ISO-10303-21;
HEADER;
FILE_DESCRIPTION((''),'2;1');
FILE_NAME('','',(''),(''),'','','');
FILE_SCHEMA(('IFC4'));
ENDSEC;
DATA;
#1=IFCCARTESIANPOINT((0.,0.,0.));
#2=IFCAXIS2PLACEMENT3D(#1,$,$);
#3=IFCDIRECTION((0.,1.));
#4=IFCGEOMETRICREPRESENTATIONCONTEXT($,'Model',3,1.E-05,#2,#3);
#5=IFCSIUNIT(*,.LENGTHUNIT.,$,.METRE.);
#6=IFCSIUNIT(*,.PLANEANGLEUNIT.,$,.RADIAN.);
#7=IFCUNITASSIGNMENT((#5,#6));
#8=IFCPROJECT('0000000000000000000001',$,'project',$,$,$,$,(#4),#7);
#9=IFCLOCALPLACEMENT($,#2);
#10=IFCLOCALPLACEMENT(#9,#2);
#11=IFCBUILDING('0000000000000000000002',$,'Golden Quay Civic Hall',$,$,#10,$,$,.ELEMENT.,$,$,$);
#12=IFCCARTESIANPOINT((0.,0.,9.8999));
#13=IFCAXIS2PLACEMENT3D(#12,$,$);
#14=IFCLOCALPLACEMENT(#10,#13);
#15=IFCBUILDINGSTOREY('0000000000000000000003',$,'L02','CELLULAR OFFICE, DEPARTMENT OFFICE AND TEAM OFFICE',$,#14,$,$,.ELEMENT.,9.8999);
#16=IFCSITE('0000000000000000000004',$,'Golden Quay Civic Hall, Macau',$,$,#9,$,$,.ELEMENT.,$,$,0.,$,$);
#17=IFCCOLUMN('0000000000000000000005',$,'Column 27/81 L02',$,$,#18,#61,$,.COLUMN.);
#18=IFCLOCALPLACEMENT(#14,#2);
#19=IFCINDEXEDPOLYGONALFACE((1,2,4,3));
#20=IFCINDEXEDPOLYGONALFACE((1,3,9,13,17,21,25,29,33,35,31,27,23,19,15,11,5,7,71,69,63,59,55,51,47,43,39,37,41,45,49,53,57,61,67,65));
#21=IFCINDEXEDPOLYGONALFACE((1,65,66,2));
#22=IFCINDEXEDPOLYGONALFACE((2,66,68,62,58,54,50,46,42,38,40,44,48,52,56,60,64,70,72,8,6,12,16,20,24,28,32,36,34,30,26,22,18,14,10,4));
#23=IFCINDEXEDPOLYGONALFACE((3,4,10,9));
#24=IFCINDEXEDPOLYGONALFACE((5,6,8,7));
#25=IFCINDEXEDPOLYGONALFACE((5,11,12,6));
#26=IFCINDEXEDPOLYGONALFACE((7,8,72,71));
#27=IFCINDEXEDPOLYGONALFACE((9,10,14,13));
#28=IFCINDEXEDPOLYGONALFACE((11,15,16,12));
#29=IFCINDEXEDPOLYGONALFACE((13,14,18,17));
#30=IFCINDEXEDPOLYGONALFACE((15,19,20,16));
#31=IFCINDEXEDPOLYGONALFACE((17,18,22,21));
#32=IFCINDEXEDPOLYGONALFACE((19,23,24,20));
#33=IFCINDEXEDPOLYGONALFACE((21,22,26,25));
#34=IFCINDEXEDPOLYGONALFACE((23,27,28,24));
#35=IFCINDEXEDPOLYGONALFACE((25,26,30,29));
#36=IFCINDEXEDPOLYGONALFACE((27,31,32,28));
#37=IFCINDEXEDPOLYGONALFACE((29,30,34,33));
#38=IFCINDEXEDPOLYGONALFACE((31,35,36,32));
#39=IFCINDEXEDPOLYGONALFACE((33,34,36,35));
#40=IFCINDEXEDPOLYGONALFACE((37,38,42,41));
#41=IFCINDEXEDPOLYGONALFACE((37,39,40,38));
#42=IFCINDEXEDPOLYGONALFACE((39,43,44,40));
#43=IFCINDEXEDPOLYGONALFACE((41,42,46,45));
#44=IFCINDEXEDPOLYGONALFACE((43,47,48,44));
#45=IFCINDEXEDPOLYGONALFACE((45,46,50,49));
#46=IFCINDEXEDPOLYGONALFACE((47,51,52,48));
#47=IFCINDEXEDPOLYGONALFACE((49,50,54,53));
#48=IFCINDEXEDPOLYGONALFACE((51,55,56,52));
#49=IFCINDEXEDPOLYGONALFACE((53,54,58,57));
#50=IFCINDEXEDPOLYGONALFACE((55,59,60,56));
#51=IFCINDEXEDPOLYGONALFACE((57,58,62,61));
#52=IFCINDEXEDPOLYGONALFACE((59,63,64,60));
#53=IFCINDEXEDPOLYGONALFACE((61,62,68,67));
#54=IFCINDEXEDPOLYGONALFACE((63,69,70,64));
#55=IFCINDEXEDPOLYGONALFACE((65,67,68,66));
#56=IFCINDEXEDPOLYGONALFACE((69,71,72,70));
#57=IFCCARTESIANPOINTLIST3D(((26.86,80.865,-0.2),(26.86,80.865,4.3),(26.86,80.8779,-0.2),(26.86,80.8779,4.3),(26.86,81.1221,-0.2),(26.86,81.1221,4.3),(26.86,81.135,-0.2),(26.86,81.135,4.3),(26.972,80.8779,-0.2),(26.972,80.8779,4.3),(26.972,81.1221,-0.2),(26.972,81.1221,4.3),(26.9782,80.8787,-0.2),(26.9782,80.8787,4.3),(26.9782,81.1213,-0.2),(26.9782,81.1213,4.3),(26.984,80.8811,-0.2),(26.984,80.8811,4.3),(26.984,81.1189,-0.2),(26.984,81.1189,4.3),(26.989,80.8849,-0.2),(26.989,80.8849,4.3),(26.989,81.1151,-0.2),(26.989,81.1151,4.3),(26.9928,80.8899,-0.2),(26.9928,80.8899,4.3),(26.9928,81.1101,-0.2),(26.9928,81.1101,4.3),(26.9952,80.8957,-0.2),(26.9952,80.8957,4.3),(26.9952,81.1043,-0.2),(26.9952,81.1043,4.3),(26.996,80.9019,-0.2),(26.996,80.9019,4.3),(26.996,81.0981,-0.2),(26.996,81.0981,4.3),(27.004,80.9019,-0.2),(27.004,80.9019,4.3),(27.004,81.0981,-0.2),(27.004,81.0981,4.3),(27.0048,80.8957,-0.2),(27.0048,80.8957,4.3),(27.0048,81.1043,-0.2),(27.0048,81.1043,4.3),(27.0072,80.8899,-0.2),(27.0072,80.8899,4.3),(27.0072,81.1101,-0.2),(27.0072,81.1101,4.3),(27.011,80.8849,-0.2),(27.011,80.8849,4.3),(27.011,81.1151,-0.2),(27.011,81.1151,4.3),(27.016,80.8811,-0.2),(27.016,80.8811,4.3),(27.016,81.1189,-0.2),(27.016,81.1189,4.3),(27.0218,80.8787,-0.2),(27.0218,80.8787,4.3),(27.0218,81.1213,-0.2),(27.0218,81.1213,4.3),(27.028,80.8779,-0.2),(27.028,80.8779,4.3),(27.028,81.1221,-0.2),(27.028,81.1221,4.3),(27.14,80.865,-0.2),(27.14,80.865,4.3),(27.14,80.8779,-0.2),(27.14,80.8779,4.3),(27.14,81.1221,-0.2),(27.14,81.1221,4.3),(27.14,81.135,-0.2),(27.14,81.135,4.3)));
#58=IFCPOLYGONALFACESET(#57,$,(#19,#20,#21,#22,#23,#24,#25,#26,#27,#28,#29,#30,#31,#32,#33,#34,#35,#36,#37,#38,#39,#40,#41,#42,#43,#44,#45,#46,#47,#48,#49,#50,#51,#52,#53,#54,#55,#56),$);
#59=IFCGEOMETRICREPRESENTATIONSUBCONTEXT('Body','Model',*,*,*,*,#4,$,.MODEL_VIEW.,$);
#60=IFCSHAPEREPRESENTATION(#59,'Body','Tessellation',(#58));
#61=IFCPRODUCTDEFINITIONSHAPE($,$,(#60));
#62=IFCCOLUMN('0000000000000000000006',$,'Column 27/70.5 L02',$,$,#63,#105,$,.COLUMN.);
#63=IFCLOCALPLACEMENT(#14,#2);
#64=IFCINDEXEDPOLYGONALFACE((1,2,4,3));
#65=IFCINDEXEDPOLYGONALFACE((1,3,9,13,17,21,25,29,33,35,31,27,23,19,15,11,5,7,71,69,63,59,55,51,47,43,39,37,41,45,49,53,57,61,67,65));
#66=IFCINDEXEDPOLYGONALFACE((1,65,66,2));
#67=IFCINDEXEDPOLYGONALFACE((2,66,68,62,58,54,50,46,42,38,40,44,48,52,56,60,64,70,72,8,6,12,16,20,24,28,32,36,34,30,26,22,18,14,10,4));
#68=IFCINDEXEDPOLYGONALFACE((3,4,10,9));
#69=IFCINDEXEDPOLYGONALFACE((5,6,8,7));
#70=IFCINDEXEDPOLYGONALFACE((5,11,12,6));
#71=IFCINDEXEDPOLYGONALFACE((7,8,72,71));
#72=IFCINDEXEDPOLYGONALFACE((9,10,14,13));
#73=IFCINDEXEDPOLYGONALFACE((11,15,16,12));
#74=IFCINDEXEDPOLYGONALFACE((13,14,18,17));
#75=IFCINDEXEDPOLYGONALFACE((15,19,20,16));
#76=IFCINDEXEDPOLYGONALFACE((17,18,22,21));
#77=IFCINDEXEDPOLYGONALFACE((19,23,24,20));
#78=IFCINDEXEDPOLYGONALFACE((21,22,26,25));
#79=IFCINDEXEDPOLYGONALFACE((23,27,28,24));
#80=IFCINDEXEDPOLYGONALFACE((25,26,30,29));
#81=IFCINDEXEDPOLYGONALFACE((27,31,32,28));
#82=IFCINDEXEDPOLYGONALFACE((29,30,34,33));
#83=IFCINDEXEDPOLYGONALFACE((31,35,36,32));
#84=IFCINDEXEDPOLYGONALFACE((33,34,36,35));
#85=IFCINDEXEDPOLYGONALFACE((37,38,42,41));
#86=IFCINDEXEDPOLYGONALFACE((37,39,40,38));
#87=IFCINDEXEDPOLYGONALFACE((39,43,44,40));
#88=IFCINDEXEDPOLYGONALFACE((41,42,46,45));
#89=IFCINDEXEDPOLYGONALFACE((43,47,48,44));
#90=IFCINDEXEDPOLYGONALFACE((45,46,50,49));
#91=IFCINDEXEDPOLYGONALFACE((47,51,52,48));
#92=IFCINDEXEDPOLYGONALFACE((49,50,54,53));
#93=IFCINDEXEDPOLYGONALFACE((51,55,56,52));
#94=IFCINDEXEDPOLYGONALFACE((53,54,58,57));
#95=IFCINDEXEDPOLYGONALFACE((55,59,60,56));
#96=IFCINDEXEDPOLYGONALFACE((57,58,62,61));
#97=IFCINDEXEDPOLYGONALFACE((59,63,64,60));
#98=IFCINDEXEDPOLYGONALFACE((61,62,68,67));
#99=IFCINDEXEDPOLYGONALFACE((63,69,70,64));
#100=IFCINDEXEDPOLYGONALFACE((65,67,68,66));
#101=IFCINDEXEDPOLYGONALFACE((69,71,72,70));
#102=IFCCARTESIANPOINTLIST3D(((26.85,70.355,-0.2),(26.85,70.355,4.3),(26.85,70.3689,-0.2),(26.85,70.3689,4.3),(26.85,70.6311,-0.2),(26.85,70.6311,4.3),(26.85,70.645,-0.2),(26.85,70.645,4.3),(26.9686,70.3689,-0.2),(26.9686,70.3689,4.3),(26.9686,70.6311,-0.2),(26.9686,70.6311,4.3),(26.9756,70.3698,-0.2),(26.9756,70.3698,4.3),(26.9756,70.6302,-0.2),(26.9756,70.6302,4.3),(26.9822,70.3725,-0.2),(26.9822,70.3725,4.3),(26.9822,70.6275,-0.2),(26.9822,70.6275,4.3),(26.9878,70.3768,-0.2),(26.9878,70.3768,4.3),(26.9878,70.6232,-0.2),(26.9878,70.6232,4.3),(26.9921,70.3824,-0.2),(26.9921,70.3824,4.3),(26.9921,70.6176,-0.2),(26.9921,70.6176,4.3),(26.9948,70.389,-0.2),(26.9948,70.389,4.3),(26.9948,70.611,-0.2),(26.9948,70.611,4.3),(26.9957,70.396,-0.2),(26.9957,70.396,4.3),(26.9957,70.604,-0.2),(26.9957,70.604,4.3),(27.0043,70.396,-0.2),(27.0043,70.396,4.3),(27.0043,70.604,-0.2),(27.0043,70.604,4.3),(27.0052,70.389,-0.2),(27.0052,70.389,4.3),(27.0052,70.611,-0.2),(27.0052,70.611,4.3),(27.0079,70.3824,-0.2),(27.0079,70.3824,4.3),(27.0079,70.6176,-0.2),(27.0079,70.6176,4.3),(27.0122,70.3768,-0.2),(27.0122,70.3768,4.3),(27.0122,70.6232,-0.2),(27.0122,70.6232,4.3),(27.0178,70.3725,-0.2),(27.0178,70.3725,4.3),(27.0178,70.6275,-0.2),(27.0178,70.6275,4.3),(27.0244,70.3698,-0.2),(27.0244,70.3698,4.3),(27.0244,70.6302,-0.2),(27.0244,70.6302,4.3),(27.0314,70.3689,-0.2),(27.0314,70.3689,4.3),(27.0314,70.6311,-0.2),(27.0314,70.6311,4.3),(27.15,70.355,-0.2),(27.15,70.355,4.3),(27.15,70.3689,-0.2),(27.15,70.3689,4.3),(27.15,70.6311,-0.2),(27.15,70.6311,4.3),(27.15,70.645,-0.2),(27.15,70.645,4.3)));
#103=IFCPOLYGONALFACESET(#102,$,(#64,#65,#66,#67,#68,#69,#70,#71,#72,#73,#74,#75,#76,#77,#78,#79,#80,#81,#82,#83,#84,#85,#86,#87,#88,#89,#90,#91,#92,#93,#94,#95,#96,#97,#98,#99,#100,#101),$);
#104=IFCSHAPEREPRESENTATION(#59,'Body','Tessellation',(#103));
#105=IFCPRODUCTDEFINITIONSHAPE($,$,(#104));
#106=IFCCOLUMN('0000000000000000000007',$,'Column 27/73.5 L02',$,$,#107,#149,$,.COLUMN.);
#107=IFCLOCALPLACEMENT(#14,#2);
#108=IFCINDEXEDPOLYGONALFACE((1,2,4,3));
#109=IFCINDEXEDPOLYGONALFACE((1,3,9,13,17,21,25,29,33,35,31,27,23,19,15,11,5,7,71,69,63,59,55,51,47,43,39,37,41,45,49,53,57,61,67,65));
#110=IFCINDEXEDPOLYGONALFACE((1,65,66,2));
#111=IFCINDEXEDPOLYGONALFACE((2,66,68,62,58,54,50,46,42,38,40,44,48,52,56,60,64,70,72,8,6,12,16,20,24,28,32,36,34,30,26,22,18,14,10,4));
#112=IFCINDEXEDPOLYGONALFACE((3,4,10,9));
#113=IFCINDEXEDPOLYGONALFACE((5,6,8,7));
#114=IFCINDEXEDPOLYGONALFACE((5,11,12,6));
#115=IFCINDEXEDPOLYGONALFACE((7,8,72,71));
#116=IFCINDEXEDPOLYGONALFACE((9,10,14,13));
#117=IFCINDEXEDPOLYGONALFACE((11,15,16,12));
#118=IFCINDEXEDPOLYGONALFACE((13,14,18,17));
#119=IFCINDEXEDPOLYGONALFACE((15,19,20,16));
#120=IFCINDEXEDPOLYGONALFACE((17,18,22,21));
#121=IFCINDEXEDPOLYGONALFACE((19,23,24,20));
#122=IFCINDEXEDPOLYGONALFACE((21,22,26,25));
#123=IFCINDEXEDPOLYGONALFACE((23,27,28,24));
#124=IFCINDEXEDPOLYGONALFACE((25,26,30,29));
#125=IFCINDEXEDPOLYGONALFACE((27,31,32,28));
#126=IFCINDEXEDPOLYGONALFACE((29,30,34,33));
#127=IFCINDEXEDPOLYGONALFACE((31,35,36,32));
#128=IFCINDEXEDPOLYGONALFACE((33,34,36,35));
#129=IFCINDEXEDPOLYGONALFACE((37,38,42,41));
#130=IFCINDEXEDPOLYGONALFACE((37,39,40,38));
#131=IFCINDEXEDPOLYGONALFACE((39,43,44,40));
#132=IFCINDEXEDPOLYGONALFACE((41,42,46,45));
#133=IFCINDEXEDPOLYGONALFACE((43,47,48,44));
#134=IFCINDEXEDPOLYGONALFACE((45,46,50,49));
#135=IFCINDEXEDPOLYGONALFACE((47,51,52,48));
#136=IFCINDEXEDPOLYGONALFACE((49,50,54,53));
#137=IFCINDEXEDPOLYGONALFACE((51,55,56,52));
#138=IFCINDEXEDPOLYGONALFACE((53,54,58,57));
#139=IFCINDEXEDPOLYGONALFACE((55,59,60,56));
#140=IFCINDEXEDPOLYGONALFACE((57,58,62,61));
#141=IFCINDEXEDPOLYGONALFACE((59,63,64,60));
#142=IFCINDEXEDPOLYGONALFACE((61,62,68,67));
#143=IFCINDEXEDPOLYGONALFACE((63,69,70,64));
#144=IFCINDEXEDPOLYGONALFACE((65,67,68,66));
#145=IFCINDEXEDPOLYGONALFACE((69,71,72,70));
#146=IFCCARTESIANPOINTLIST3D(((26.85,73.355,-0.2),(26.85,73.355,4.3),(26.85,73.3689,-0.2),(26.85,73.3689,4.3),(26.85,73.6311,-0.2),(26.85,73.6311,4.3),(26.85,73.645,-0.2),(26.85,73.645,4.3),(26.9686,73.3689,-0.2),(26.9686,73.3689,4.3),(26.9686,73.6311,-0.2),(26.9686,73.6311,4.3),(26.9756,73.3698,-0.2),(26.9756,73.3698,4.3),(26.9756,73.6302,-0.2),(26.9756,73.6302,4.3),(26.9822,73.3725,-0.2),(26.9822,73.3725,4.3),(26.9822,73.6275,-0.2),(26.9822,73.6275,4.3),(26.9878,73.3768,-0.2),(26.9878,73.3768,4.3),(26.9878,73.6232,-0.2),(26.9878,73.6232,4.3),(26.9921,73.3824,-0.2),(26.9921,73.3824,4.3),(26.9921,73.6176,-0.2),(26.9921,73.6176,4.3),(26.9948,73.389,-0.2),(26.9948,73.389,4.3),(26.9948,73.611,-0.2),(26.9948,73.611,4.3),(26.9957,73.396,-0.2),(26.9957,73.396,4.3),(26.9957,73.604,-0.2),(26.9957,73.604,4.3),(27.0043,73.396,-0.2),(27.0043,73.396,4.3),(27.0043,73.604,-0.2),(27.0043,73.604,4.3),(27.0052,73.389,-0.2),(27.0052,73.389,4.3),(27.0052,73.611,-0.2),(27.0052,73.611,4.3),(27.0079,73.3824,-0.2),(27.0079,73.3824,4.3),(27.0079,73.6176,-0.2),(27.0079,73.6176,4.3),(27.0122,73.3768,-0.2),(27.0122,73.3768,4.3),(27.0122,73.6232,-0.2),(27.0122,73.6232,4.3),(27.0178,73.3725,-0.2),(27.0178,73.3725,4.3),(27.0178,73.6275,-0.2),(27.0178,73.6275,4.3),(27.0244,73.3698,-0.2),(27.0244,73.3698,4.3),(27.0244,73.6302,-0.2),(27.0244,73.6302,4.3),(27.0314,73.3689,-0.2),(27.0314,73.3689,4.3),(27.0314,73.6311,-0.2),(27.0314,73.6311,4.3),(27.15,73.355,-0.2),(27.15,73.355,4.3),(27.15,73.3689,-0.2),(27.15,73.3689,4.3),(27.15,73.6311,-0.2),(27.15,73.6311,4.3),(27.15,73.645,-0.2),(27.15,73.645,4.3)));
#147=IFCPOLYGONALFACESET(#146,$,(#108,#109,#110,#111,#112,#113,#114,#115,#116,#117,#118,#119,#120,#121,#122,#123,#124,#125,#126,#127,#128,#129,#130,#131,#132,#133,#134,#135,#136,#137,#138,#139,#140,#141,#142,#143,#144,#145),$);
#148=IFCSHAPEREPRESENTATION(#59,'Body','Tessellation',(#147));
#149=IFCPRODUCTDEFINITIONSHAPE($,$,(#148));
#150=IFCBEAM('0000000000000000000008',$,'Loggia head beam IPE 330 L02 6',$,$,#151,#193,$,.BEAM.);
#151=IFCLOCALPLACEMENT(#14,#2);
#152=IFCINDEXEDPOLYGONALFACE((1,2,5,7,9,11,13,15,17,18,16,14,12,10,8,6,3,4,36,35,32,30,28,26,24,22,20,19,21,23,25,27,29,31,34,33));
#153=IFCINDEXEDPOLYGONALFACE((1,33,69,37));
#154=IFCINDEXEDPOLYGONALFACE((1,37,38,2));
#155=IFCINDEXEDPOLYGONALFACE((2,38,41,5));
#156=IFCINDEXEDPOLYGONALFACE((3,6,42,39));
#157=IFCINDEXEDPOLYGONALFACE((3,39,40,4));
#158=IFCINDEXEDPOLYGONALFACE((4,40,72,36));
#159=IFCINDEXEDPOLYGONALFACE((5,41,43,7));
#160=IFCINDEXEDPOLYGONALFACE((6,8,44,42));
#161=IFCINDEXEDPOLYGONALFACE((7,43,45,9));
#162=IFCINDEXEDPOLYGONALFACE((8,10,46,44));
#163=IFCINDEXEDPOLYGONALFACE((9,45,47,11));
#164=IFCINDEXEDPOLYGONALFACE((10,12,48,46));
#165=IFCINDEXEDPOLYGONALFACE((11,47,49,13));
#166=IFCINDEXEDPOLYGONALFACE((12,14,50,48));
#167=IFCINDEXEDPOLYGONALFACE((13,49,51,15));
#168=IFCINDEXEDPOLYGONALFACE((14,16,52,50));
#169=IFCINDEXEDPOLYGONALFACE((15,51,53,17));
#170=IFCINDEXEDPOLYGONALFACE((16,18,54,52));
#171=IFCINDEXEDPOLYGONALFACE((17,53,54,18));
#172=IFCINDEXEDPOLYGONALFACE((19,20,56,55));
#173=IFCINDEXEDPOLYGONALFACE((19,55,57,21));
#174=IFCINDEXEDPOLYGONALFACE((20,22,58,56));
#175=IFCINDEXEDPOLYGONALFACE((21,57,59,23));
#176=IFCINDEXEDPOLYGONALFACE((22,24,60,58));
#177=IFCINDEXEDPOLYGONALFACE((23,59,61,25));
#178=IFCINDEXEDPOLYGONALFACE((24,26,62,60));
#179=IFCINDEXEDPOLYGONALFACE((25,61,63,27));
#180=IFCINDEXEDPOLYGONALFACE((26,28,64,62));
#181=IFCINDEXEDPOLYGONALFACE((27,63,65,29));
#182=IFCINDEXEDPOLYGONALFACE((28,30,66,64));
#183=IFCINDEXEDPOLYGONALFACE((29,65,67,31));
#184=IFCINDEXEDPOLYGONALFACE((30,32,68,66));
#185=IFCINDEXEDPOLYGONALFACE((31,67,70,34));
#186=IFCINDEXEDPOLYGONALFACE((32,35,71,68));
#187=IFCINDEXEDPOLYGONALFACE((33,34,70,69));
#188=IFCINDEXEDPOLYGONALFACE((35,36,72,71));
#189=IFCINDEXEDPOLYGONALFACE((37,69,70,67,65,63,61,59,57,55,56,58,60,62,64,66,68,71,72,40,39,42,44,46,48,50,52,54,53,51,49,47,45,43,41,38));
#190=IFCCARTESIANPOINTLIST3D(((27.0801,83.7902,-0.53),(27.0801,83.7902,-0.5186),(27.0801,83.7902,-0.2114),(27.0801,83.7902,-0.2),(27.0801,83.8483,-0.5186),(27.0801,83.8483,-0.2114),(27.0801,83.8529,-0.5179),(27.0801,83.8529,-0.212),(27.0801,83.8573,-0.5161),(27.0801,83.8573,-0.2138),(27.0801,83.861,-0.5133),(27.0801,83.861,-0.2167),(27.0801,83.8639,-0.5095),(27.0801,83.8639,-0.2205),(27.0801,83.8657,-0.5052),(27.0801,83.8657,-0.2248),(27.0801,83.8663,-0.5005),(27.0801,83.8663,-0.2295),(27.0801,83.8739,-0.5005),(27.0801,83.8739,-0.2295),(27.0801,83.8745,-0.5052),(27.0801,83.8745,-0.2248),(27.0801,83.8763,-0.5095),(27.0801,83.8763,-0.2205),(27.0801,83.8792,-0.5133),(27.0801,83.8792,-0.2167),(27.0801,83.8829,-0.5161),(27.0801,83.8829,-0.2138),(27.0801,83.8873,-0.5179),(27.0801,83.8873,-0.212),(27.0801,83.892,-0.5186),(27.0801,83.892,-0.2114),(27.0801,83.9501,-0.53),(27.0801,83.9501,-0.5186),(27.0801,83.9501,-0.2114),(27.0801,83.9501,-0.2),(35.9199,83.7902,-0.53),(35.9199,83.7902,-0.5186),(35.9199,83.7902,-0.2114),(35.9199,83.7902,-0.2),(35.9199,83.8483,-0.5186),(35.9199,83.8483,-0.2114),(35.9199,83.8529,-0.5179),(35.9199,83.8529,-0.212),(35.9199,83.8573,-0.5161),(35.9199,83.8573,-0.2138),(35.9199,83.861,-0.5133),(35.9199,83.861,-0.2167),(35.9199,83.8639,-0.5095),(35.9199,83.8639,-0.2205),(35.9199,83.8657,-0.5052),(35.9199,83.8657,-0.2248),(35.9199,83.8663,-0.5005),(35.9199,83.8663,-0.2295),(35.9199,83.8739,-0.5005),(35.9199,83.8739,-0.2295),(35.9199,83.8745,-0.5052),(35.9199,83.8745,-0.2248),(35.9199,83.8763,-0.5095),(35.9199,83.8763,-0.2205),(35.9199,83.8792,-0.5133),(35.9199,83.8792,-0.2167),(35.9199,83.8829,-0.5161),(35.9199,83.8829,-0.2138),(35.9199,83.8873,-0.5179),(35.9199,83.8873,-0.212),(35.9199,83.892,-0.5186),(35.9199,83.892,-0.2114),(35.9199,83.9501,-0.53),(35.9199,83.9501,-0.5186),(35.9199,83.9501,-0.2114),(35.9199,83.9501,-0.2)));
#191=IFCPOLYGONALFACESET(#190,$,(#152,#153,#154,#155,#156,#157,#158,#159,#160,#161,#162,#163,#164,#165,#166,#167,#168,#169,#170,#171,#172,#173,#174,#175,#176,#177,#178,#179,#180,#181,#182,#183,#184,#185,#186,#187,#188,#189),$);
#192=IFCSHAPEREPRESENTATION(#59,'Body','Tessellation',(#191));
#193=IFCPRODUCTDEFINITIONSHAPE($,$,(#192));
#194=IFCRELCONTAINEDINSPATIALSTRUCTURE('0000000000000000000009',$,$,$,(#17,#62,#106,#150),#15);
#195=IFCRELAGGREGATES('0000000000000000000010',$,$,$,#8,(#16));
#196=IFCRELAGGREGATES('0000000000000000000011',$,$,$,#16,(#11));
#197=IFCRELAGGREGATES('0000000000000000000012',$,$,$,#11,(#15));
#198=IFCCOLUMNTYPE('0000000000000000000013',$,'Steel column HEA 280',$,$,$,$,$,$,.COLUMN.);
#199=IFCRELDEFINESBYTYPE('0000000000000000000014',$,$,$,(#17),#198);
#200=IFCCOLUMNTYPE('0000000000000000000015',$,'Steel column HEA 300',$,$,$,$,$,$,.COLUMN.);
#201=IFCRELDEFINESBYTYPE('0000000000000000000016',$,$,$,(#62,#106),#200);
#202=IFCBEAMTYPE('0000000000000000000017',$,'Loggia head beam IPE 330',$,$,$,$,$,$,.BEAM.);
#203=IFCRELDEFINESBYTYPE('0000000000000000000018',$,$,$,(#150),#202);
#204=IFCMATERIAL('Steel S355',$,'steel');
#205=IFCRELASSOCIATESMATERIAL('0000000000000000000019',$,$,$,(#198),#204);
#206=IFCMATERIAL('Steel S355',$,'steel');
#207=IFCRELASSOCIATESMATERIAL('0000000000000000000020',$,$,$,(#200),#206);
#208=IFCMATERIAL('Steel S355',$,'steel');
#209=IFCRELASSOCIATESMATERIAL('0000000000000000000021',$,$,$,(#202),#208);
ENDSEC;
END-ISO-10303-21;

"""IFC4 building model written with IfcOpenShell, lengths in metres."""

from ifc_helpers import new_model, si_unit, direction, frame, origin, origin_2d, place, context, subcontext, project, spatial, i_section, extrude, material, material_profile, profile_set, type_object, element, save


model = new_model("IFC4")

# Units and contexts
model_context = context("Model", 3, precision=1e-05, world=origin(), true_north=direction((0.0, 1.0)))
body_context = subcontext(model_context, "Body", "Model", "MODEL_VIEW")
ifc_project = project(units=[si_unit("LENGTHUNIT", "METRE"), si_unit("PLANEANGLEUNIT", "RADIAN")], contexts=[model_context])

# Site, building, storey
site_placement = place(None, origin())
site = spatial("IfcSite", under=ifc_project, at=site_placement, Name="Golden Quay Civic Hall, Macau", CompositionType="ELEMENT", RefElevation=0.0)
building_placement = place(site_placement, origin())
building = spatial("IfcBuilding", under=site, at=building_placement, Name="Golden Quay Civic Hall", CompositionType="ELEMENT")
storey_placement = place(building_placement, frame((0.0, 0.0, 9.8999)))
storey = spatial("IfcBuildingStorey", under=building, at=storey_placement, Name="L02", Description="CELLULAR OFFICE, DEPARTMENT OFFICE AND TEAM OFFICE", CompositionType="ELEMENT", Elevation=9.8999)

# Columns
ifc_material_1 = material(Name="Steel S355", Category="steel")
ifc_material_profile_1 = material_profile(ifc_material_1, i_section(OverallWidth=0.28, OverallDepth=0.27, WebThickness=0.0081, FlangeThickness=0.0129, FilletRadius=0.0239, at=origin_2d()), Name="HEA 280")
ifc_profile_set_1 = profile_set([ifc_material_profile_1], Name="Steel S355")
column_type_1 = type_object("IfcColumnType", Name="Steel column HEA 280", PredefinedType="COLUMN", material=ifc_profile_set_1)
column_placement = place(storey_placement, frame((27.0, 81.0, -0.2), z_axis=(0.0, 0.0, 1.0), x_axis=(1.0, 0.0, 0.0)))
element("IfcColumn", 1, at=column_placement, inside=storey, type_object=column_type_1, Name="Column 27/81 L02", PredefinedType="COLUMN", context=body_context, shape_type="SweptSolid", body=[
    extrude(i_section(OverallWidth=0.28, OverallDepth=0.27, WebThickness=0.0081, FlangeThickness=0.0129, FilletRadius=0.0239, at=origin_2d()), origin(), (0.0, 0.0, 1.0), 4.5),
])
ifc_material_2 = material(Name="Steel S355", Category="steel")
ifc_material_profile_2 = material_profile(ifc_material_2, i_section(OverallWidth=0.3, OverallDepth=0.29, WebThickness=0.0085, FlangeThickness=0.0139, FilletRadius=0.0271, at=origin_2d()), Name="HEA 300")
ifc_profile_set_2 = profile_set([ifc_material_profile_2], Name="Steel S355")
column_type_2 = type_object("IfcColumnType", Name="Steel column HEA 300", PredefinedType="COLUMN", material=ifc_profile_set_2)
for number, where, z_axis, x_axis, name in (
    (2, (27.0, 70.5, -0.2), (0.0, 0.0, 1.0), (1.0, 0.0, 0.0), "Column 27/70.5 L02"),
    (3, (27.0, 73.5, -0.2), (0.0, 0.0, 1.0), (1.0, 0.0, 0.0), "Column 27/73.5 L02"),
):
    element("IfcColumn", number, at=place(storey_placement, frame(where, z_axis=z_axis, x_axis=x_axis)), inside=storey, type_object=column_type_2, Name=name, PredefinedType="COLUMN", context=body_context, shape_type="SweptSolid", body=[
        extrude(i_section(OverallWidth=0.3, OverallDepth=0.29, WebThickness=0.0085, FlangeThickness=0.0139, FilletRadius=0.0271, at=origin_2d()), origin(), (0.0, 0.0, 1.0), 4.5),
    ])

# Beam
ifc_material_3 = material(Name="Steel S355", Category="steel")
ifc_material_profile_3 = material_profile(ifc_material_3, i_section(OverallWidth=0.1599, OverallDepth=0.3301, WebThickness=0.0076, FlangeThickness=0.0115, FilletRadius=0.0181, at=origin_2d()), Name="IPE 330")
ifc_profile_set_3 = profile_set([ifc_material_profile_3], Name="Steel S355")
beam_type_1 = type_object("IfcBeamType", Name="Loggia head beam IPE 330", PredefinedType="BEAM", material=ifc_profile_set_3)
beam_1_placement = place(storey_placement, frame((27.0801, 83.8701, -0.365), z_axis=(1.0, 0.0, 0.0), x_axis=(0.0, 1.0, 0.0)))
element("IfcBeam", 4, at=beam_1_placement, inside=storey, type_object=beam_type_1, Name="Loggia head beam IPE 330 L02 6", PredefinedType="BEAM", context=body_context, shape_type="SweptSolid", body=[
    extrude(i_section(OverallWidth=0.1599, OverallDepth=0.3301, WebThickness=0.0076, FlangeThickness=0.0115, FilletRadius=0.0181, at=origin_2d()), origin(), (0.0, 0.0, 1.0), 8.8398),
])

save(model, "model.ifc")
